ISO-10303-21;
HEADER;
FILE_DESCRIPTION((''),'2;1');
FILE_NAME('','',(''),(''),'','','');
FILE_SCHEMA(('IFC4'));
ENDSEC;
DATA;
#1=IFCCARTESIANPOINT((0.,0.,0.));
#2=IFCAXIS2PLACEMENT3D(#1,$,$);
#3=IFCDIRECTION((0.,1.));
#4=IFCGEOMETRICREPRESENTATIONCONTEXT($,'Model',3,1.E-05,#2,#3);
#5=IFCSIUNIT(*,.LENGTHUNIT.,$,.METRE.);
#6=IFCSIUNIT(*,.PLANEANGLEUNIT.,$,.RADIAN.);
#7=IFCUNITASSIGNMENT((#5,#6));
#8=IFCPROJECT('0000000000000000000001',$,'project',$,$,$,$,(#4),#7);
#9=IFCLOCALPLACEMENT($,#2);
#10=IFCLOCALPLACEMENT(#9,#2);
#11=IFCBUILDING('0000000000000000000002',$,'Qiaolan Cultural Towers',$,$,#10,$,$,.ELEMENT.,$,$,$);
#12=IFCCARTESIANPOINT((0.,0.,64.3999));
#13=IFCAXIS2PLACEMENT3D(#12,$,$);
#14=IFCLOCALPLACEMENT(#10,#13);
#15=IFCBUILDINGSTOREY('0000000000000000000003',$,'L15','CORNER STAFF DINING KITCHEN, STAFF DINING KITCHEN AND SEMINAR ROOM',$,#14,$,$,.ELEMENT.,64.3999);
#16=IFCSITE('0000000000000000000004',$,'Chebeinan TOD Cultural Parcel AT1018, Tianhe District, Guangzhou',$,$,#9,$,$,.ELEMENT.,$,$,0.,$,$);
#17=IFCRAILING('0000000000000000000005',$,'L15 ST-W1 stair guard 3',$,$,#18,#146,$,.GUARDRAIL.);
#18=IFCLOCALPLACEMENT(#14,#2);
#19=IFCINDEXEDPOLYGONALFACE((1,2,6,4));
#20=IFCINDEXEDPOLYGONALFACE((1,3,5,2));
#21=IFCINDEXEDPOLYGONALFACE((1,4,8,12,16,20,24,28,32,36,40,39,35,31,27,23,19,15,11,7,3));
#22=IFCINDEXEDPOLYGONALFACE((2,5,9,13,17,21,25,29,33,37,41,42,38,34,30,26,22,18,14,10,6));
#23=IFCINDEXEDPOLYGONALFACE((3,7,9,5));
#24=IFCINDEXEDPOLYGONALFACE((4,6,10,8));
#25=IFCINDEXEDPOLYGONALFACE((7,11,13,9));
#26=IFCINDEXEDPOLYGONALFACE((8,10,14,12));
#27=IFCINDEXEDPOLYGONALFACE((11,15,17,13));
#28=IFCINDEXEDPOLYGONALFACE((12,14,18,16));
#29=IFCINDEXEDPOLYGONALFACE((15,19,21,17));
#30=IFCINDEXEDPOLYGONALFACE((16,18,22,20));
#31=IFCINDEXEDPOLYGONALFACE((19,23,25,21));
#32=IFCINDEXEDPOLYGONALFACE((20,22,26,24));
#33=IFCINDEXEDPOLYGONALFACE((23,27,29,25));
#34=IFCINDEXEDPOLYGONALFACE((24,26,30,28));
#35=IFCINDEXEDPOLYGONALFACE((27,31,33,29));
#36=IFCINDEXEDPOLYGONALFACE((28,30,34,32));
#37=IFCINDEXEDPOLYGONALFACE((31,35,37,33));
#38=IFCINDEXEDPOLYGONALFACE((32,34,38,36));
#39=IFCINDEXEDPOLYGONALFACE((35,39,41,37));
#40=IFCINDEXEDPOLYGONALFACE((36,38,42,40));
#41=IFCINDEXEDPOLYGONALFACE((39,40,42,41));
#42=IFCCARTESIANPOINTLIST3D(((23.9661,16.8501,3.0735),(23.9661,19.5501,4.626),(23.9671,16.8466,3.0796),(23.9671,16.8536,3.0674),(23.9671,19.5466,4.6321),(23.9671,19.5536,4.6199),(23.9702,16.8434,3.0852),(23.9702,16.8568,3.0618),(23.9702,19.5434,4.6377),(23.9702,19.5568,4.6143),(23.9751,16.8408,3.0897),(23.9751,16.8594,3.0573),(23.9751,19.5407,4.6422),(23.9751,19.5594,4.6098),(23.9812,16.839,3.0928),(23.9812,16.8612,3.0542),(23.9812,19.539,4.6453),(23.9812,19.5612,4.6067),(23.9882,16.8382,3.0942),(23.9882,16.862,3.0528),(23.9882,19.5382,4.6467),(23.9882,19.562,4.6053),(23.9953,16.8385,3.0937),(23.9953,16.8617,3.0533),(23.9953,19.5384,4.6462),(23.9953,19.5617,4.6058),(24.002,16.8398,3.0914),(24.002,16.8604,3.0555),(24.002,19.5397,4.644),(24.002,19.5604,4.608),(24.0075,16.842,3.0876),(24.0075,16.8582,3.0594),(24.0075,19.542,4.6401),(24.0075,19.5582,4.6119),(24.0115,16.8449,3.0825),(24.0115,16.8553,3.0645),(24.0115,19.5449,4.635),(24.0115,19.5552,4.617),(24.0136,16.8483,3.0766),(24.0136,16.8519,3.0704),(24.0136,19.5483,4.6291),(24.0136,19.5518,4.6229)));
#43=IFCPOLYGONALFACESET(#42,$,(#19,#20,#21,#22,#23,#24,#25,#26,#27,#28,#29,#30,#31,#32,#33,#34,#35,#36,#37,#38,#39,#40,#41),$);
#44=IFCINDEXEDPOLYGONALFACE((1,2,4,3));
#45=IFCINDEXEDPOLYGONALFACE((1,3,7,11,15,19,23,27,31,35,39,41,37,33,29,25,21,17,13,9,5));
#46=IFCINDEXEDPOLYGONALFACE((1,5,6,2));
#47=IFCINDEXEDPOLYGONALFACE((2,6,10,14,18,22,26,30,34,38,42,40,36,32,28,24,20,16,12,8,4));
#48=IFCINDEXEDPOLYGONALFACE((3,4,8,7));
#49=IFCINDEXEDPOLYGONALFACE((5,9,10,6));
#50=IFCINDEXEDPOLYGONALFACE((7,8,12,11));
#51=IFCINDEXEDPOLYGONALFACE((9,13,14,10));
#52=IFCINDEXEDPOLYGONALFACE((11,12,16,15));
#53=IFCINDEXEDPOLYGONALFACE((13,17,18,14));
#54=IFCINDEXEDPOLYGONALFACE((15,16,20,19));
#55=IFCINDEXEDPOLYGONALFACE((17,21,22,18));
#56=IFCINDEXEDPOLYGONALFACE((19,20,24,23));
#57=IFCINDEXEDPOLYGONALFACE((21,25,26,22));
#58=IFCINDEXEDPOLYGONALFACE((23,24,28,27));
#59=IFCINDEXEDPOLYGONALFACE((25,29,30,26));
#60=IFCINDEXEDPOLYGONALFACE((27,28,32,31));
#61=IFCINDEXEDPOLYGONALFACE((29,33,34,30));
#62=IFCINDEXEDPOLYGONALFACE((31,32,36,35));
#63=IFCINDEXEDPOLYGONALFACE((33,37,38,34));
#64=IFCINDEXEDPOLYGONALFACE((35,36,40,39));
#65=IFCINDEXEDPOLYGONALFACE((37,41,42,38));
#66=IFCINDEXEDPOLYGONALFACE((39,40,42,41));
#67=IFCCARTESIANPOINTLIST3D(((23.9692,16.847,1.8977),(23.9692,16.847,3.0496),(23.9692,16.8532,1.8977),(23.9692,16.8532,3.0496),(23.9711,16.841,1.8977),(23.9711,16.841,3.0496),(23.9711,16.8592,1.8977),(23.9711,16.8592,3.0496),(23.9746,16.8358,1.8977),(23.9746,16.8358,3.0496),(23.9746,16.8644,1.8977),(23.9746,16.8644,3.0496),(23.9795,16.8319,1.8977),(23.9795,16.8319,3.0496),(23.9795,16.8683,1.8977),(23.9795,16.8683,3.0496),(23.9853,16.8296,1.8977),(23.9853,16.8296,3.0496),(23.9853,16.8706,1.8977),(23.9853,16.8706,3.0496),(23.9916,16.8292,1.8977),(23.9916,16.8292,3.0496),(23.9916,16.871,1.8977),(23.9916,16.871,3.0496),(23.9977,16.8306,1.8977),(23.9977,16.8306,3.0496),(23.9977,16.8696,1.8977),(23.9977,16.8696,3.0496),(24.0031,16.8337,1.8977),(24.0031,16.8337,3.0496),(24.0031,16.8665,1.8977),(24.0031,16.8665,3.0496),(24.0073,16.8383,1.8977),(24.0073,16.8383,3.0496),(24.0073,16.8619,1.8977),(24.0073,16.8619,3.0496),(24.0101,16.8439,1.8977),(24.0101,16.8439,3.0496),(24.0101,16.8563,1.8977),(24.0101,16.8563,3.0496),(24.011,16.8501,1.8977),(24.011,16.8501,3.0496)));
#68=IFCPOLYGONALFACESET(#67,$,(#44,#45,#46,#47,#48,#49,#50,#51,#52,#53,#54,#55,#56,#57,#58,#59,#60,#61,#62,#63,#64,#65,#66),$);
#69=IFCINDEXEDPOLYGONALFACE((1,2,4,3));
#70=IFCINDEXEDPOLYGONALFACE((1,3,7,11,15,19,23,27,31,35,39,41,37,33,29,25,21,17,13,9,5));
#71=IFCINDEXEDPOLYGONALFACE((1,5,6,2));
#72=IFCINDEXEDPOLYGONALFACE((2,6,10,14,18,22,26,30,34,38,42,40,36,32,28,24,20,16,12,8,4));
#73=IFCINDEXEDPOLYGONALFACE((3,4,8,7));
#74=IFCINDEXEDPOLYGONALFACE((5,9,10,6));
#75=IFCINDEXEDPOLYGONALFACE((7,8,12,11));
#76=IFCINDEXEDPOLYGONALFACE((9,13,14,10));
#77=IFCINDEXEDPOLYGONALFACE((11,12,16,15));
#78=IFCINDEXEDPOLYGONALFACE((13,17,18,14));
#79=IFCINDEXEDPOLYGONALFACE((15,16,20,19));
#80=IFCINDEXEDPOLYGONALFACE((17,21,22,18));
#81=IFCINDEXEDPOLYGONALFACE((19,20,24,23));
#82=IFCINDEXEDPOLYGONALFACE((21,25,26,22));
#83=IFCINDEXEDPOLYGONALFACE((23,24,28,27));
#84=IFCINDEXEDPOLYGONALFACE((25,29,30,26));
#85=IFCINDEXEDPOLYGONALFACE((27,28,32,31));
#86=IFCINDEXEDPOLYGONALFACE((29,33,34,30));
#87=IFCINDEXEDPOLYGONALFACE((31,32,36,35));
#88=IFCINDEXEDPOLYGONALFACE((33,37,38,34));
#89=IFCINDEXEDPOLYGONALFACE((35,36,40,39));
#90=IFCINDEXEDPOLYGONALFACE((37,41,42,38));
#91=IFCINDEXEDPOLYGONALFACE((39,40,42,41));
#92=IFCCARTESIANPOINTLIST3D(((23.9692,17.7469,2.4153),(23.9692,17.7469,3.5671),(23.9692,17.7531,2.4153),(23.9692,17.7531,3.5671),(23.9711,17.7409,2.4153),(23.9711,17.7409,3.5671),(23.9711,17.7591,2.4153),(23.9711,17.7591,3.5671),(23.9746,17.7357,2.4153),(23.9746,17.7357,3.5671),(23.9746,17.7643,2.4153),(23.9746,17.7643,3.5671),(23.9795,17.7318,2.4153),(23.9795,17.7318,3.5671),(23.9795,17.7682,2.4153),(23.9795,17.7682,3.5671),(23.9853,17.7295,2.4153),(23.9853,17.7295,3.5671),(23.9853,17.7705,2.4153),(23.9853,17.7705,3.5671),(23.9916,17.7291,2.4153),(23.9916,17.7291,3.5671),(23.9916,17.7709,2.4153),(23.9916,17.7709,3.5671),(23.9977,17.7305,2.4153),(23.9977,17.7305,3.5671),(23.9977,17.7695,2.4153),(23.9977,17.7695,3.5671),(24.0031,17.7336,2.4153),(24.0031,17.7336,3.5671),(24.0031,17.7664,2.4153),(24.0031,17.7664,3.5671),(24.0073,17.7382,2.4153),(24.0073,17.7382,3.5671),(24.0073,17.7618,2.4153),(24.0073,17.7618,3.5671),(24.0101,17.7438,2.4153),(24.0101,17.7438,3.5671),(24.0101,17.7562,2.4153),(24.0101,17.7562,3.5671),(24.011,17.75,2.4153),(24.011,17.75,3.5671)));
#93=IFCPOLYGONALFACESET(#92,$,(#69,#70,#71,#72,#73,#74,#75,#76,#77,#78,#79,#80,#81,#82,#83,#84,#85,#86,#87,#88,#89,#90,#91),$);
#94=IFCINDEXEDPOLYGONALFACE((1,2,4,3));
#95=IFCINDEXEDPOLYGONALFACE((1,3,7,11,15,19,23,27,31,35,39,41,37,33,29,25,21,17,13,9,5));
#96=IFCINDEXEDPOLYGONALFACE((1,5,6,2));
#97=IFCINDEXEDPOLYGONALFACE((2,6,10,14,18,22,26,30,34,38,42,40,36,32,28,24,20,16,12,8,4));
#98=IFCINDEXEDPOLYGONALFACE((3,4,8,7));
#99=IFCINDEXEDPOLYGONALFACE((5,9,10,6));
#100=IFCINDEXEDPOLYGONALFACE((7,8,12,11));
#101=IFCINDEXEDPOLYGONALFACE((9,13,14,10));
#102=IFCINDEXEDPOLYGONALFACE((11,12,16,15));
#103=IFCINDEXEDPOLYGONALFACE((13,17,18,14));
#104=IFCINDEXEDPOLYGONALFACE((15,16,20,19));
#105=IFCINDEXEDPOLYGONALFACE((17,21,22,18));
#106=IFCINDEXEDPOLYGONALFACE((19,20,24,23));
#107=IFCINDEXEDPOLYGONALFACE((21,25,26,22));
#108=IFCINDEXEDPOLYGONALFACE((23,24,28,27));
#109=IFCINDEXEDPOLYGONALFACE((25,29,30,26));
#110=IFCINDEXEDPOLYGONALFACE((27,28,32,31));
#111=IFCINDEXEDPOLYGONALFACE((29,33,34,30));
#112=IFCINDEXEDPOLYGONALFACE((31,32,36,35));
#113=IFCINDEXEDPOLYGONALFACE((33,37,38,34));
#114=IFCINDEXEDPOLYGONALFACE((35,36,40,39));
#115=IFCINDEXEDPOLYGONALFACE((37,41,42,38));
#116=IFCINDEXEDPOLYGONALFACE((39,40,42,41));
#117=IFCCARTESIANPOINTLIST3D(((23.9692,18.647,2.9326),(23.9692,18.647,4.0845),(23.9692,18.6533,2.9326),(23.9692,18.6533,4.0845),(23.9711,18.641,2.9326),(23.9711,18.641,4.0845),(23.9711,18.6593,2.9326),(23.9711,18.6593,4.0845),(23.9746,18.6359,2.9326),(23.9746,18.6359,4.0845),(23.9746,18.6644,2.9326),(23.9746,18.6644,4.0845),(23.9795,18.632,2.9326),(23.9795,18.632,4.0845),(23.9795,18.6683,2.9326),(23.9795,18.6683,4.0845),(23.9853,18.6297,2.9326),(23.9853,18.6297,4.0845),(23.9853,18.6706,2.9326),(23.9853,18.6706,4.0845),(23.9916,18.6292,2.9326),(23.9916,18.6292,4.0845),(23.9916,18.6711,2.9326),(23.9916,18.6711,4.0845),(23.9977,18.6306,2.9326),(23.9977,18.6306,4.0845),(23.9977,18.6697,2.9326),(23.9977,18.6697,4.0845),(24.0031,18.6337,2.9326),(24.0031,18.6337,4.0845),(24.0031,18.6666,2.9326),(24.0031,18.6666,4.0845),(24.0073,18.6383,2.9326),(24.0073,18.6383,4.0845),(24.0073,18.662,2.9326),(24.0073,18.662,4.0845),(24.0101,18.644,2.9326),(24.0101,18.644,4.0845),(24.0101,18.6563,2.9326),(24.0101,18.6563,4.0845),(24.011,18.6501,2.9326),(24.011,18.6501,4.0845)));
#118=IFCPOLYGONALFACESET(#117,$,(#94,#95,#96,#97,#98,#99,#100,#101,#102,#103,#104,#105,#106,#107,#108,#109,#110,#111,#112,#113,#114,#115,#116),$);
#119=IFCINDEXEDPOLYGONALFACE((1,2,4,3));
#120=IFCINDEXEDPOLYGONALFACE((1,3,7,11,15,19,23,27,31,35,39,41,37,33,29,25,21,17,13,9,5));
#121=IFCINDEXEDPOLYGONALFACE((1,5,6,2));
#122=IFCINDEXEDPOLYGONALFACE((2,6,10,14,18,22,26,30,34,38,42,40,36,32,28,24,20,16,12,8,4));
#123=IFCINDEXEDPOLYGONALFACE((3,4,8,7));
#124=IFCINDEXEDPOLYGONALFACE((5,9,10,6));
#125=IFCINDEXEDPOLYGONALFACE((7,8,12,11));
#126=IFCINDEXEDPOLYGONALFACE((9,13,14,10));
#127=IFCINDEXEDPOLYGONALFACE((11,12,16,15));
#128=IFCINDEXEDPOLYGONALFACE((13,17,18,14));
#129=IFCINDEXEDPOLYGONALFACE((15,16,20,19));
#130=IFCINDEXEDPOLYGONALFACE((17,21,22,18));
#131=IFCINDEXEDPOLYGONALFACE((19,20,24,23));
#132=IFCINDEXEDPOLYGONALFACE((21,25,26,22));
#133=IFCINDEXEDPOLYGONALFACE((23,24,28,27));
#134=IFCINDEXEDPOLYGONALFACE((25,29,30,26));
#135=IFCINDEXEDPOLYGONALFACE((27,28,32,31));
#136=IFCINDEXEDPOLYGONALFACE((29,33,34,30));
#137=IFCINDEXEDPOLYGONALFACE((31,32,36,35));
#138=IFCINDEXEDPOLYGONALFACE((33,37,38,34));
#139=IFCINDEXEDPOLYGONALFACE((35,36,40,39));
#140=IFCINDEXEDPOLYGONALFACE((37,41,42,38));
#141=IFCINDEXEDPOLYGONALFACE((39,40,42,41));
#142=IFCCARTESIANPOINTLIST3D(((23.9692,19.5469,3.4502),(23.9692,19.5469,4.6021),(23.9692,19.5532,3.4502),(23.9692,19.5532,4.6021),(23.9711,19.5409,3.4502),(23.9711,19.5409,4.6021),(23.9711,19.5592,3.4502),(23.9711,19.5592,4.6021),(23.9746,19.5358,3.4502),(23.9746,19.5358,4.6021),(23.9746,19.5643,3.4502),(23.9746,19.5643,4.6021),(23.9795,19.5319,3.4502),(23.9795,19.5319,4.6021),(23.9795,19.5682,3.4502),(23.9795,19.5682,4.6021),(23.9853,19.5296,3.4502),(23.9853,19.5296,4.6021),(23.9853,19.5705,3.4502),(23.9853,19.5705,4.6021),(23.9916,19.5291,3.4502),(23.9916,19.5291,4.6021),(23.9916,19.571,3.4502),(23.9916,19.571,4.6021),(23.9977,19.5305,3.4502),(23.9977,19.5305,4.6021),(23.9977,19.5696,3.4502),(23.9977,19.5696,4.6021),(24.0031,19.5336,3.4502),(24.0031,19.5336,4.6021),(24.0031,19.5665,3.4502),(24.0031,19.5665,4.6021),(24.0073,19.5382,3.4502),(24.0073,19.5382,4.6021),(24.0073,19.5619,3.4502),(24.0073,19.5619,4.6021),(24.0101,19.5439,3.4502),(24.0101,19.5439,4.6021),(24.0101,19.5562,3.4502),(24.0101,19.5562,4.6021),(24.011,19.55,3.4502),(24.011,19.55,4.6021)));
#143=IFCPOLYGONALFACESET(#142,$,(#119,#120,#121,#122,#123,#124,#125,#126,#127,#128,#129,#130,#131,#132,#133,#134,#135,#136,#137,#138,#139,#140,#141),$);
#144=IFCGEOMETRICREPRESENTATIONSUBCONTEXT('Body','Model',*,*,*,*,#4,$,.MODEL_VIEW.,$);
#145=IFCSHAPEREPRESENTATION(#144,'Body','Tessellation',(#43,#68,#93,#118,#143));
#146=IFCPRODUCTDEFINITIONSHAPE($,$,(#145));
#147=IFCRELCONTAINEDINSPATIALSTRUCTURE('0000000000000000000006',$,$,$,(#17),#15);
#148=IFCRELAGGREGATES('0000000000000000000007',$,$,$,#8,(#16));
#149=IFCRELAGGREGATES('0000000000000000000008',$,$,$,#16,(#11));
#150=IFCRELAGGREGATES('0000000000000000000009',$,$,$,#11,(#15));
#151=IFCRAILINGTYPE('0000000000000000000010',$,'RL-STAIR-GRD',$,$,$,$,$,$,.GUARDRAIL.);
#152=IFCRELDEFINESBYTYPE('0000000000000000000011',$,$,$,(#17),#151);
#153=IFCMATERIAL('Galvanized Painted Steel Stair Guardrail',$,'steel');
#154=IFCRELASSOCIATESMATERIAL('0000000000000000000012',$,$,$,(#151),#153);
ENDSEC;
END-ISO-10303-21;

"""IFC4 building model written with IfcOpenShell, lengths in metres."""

from ifc_helpers import new_model, si_unit, direction, frame, origin, origin_2d, place, context, subcontext, project, spatial, circle, extrude, material, type_object, element, save


model = new_model("IFC4")

# Units and contexts
model_context = context("Model", 3, precision=1e-05, world=origin(), true_north=direction((0.0, 1.0)))
body_context = subcontext(model_context, "Body", "Model", "MODEL_VIEW")
ifc_project = project(units=[si_unit("LENGTHUNIT", "METRE"), si_unit("PLANEANGLEUNIT", "RADIAN")], contexts=[model_context])

# Site, building, storey
site_placement = place(None, origin())
site = spatial("IfcSite", under=ifc_project, at=site_placement, Name="Chebeinan TOD Cultural Parcel AT1018, Tianhe District, Guangzhou", CompositionType="ELEMENT", RefElevation=0.0)
building_placement = place(site_placement, origin())
building = spatial("IfcBuilding", under=site, at=building_placement, Name="Qiaolan Cultural Towers", CompositionType="ELEMENT")
storey_placement = place(building_placement, frame((0.0, 0.0, 64.3999)))
storey = spatial("IfcBuildingStorey", under=building, at=storey_placement, Name="L15", Description="CORNER STAFF DINING KITCHEN, STAFF DINING KITCHEN AND SEMINAR ROOM", CompositionType="ELEMENT", Elevation=64.3999)

# Railing
ifc_material_1 = material(Name="Galvanized Painted Steel Stair Guardrail", Category="steel")
railing_type_1 = type_object("IfcRailingType", Name="RL-STAIR-GRD", PredefinedType="GUARDRAIL", material=ifc_material_1)
railing_1_placement = place(storey_placement, frame((23.99, 16.8501, 1.8977)))
element("IfcRailing", 1, at=railing_1_placement, inside=storey, type_object=railing_type_1, Name="L15 ST-W1 stair guard 3", PredefinedType="GUARDRAIL", context=body_context, shape_type="SweptSolid", body=[
    extrude(circle(Radius=0.0239, at=origin_2d()), frame((0.0, 0.0, 1.1758), z_axis=(0.0, 0.866904, 0.498476), x_axis=(-1.0, 0.0, 0.0)), (0.0, 0.0, 1.0), 3.1145),
    extrude(circle(Radius=0.021, at=origin_2d()), origin(), (0.0, 0.0, 1.0), 1.1519),
    extrude(circle(Radius=0.021, at=origin_2d()), frame((0.0, 0.8999, 0.5176)), (0.0, 0.0, 1.0), 1.1519),
    extrude(circle(Radius=0.021, at=origin_2d()), frame((0.0, 1.8, 1.0349)), (0.0, 0.0, 1.0), 1.1519),
    extrude(circle(Radius=0.021, at=origin_2d()), frame((0.0, 2.7, 1.5525)), (0.0, 0.0, 1.0), 1.1519),
])

save(model, "model.ifc")
